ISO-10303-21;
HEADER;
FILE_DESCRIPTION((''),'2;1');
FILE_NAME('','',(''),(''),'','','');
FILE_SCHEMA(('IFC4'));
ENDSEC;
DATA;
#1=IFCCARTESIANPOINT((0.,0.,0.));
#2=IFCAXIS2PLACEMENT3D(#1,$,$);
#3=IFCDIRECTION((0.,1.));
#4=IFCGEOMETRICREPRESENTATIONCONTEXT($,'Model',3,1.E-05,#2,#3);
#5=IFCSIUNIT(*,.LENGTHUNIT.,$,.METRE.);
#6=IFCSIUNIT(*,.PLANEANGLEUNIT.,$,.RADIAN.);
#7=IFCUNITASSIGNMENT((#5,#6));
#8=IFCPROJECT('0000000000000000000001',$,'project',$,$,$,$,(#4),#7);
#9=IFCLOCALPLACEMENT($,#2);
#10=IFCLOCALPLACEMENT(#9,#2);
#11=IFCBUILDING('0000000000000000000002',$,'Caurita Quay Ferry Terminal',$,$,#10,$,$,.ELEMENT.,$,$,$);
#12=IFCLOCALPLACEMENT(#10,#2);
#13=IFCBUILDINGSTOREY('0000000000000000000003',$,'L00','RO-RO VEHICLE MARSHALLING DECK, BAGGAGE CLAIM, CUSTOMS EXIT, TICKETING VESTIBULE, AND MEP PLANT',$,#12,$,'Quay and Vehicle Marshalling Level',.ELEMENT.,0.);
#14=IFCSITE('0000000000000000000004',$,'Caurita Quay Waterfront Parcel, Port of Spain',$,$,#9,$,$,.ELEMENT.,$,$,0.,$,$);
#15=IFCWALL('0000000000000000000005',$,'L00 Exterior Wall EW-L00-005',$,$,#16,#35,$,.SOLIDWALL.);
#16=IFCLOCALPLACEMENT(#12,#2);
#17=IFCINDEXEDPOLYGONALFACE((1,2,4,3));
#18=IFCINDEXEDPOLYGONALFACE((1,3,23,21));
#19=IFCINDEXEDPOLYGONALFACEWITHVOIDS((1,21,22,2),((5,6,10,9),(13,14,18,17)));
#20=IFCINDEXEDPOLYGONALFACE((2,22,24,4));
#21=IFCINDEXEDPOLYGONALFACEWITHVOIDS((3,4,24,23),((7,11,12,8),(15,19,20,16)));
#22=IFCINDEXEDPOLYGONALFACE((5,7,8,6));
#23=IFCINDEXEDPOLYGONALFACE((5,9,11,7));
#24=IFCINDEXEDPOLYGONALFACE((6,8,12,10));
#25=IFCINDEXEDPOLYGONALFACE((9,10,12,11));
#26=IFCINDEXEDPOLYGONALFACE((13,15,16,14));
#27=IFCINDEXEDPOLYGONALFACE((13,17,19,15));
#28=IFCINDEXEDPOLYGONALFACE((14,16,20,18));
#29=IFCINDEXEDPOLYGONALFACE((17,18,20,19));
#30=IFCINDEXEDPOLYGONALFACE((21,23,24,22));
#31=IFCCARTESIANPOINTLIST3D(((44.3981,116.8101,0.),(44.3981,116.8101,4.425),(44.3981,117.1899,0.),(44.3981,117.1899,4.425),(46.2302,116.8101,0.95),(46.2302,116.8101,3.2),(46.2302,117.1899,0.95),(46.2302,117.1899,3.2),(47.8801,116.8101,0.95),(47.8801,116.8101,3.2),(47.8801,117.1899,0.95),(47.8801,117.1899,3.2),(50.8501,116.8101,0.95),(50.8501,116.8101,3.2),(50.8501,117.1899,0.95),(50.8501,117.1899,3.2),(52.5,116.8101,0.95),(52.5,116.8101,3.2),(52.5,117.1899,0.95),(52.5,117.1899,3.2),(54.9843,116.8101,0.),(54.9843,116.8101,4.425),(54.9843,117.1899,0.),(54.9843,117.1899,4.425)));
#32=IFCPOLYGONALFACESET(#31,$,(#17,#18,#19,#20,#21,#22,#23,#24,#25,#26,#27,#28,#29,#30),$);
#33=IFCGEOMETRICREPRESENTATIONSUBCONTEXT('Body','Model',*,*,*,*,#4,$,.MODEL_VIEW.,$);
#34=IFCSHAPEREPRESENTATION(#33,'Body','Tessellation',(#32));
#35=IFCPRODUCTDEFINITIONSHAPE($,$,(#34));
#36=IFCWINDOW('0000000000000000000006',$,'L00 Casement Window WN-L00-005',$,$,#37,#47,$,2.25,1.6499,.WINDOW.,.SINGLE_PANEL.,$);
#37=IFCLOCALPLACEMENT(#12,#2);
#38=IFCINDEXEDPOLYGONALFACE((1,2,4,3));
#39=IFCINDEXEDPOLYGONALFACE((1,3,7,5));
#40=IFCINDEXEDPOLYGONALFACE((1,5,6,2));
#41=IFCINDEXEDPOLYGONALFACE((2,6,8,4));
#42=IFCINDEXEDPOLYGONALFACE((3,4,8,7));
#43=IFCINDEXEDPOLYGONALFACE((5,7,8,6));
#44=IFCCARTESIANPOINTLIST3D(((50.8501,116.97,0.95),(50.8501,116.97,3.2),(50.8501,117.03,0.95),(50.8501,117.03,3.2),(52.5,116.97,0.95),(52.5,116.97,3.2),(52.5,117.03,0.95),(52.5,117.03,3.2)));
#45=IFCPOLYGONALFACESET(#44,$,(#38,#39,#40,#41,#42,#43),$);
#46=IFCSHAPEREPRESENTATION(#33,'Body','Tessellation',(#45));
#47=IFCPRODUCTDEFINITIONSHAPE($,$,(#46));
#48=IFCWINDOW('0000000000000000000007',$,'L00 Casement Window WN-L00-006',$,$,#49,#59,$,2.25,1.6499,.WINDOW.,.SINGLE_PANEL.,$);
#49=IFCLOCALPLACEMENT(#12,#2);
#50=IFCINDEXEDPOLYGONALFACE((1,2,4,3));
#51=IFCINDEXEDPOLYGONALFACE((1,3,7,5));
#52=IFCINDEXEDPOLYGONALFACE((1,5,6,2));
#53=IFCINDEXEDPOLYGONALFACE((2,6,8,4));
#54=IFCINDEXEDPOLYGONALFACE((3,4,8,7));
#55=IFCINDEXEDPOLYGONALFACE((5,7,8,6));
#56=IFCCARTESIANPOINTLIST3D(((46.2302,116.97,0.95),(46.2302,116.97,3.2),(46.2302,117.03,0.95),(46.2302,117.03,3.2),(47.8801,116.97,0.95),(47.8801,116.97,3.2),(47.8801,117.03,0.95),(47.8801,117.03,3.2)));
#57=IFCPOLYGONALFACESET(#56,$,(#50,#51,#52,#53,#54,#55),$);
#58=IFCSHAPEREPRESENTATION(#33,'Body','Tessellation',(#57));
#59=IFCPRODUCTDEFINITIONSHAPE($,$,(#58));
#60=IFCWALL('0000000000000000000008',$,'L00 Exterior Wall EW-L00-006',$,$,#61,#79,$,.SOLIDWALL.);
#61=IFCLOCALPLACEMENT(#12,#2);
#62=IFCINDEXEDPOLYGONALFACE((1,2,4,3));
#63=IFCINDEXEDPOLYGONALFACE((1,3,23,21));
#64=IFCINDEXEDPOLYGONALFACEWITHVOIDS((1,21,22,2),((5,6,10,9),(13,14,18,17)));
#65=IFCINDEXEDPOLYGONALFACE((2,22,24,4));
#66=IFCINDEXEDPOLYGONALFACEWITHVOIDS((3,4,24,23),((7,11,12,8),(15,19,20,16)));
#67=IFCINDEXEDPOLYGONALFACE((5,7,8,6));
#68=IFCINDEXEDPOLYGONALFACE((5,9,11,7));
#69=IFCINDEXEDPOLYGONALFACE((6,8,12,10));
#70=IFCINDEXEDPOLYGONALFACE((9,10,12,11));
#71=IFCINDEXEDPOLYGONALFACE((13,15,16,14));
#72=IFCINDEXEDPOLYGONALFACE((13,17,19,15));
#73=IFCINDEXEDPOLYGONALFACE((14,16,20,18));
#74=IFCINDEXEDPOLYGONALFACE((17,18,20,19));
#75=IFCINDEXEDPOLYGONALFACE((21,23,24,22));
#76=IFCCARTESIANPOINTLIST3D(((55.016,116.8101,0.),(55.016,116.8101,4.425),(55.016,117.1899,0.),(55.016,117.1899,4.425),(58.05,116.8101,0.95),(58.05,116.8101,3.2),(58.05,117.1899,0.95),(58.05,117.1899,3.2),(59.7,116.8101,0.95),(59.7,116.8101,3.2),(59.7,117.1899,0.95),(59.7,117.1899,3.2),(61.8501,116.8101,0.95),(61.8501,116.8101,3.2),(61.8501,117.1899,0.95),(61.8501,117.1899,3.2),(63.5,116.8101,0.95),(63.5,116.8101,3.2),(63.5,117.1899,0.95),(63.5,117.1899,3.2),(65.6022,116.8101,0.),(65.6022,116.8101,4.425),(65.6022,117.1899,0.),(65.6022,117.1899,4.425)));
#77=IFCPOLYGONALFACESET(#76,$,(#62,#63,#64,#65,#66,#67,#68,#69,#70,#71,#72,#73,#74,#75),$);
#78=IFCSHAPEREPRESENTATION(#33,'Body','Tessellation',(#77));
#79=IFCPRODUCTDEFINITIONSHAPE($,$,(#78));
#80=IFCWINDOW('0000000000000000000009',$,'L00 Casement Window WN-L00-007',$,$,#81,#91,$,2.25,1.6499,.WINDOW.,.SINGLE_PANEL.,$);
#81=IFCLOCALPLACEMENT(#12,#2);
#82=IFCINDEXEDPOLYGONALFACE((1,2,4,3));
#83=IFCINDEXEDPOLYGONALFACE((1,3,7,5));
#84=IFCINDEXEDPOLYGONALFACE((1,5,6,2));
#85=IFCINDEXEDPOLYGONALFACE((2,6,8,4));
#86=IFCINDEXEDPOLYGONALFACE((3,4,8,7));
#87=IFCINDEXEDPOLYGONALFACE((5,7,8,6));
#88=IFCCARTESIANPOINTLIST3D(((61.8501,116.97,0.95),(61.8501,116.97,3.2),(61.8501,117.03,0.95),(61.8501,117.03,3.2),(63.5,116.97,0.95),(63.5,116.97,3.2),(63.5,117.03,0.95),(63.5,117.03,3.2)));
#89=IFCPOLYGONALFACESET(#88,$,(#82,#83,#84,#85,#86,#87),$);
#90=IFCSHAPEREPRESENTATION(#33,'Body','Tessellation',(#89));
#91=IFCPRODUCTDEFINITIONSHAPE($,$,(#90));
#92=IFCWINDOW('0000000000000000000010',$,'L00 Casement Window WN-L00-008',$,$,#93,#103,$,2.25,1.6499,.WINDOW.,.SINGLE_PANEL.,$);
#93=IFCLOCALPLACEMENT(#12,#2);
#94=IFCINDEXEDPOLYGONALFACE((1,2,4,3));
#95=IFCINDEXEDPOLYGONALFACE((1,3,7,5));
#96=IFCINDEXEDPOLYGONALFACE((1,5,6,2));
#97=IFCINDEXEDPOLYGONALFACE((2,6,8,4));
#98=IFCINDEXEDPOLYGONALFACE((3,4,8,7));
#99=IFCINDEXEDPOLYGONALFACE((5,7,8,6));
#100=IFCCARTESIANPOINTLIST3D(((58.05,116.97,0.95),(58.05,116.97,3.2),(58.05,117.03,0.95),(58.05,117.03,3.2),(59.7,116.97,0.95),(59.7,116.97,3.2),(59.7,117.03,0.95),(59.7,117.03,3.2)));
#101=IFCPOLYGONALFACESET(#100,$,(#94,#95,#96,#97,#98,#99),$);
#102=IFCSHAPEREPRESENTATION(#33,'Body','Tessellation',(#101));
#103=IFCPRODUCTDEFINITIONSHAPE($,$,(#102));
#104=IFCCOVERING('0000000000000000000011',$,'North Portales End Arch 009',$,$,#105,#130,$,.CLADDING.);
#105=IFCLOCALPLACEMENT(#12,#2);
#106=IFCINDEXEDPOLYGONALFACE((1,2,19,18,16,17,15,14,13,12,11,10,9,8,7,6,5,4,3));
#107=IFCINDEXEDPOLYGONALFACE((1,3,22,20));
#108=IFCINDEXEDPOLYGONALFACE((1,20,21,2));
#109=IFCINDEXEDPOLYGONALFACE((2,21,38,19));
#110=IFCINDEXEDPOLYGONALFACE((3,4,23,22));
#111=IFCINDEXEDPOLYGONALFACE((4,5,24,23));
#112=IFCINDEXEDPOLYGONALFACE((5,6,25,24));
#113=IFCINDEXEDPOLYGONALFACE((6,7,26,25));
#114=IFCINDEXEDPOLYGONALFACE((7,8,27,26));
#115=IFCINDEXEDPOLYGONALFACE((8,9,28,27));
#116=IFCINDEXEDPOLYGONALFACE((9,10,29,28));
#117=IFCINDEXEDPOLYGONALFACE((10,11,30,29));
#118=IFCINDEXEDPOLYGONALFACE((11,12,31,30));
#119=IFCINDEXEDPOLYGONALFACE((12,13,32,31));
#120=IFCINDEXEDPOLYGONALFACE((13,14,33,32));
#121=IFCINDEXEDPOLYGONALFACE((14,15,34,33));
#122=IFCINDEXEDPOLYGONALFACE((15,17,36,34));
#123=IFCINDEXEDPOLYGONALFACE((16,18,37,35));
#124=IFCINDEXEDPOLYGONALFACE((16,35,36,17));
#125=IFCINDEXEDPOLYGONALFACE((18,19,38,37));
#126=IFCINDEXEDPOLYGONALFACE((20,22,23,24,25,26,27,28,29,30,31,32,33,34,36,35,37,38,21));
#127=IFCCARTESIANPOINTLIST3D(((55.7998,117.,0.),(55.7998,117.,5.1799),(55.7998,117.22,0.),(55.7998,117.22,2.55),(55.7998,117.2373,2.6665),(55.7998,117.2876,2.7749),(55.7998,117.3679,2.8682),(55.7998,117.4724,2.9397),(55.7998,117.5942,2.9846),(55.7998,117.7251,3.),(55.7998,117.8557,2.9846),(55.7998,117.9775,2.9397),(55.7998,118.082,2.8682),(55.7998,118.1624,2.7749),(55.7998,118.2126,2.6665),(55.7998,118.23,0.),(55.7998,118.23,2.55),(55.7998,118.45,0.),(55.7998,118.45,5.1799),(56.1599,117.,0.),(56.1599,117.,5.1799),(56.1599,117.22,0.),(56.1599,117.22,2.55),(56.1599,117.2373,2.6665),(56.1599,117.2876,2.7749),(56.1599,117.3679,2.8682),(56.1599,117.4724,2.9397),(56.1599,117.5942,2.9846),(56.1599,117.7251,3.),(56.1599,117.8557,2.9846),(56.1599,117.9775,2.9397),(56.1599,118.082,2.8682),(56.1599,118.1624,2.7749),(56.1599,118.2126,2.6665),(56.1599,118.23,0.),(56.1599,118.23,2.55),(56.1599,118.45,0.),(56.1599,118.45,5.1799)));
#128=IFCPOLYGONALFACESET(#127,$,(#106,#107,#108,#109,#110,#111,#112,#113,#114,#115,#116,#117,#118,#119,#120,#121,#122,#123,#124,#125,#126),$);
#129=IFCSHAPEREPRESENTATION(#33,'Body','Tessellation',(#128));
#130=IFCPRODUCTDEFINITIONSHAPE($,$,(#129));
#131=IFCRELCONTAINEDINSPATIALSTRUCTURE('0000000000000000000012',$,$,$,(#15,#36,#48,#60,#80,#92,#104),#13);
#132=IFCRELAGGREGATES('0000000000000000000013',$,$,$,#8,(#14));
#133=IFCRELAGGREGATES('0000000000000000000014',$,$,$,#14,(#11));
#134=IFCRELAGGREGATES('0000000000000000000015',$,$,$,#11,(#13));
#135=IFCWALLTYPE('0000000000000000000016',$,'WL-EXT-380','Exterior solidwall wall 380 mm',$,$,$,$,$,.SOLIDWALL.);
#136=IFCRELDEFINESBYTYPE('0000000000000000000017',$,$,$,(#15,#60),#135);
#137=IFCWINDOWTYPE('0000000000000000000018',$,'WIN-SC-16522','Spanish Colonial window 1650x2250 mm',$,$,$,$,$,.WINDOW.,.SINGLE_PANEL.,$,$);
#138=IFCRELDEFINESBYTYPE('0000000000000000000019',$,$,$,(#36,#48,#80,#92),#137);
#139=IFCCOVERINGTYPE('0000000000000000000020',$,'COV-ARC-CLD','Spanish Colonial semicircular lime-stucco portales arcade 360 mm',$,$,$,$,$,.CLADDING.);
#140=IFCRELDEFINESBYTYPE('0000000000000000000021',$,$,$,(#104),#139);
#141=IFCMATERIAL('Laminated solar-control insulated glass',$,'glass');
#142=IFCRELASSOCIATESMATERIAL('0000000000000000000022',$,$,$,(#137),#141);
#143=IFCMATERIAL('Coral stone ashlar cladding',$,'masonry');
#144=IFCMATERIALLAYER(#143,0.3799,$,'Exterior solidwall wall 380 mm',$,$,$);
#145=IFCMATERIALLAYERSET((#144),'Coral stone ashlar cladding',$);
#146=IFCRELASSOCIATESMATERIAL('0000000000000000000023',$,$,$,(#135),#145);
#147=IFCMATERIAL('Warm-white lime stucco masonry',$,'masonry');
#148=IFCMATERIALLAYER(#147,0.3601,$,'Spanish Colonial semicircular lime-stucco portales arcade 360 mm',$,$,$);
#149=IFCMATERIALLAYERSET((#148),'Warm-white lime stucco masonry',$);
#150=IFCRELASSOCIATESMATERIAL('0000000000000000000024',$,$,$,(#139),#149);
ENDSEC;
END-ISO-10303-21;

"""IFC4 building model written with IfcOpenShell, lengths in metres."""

from ifc_helpers import new_model, si_unit, direction, frame, frame_2d, origin, place, context, subcontext, project, spatial, polyline, rectangle, outline, extrude, material, layer, layer_set, type_object, element, fill, save


model = new_model("IFC4")

# Units and contexts
model_context = context("Model", 3, precision=1e-05, world=origin(), true_north=direction((0.0, 1.0)))
body_context = subcontext(model_context, "Body", "Model", "MODEL_VIEW")
ifc_project = project(units=[si_unit("LENGTHUNIT", "METRE"), si_unit("PLANEANGLEUNIT", "RADIAN")], contexts=[model_context])

# Site, building, storey
site_placement = place(None, origin())
site = spatial("IfcSite", under=ifc_project, at=site_placement, Name="Caurita Quay Waterfront Parcel, Port of Spain", CompositionType="ELEMENT", RefElevation=0.0)
building_placement = place(site_placement, origin())
building = spatial("IfcBuilding", under=site, at=building_placement, Name="Caurita Quay Ferry Terminal", CompositionType="ELEMENT")
storey_placement = place(building_placement, origin())
storey = spatial("IfcBuildingStorey", under=building, at=storey_placement, Name="L00", Description="RO-RO VEHICLE MARSHALLING DECK, BAGGAGE CLAIM, CUSTOMS EXIT, TICKETING VESTIBULE, AND MEP PLANT", LongName="Quay and Vehicle Marshalling Level", CompositionType="ELEMENT", Elevation=0.0)

# Walls, openings, windows
ifc_material_1 = material(Name="Warm-white lime stucco masonry", Category="masonry")
ifc_material_2 = material(Name="Laminated solar-control insulated glass", Category="glass")
window_type = type_object("IfcWindowType", Name="WIN-SC-16522", Description="Spanish Colonial window 1650x2250 mm", PartitioningType="SINGLE_PANEL", PredefinedType="WINDOW", material=ifc_material_2)
ifc_material_3 = material(Name="Coral stone ashlar cladding", Category="masonry")
ifc_layer_1 = layer(ifc_material_3, 0.3799, Name="Exterior solidwall wall 380 mm")
ifc_layer_set_1 = layer_set([ifc_layer_1], Name="Coral stone ashlar cladding")
wall_type_1 = type_object("IfcWallType", Name="WL-EXT-380", Description="Exterior solidwall wall 380 mm", PredefinedType="SOLIDWALL", material=ifc_layer_set_1)
wall_1_placement = place(storey_placement, frame((54.9841, 117.0, 0.0), z_axis=(0.0, 0.0, 1.0), x_axis=(-1.0, 0.0, 0.0)))
wall_1 = element("IfcWall", 1, at=wall_1_placement, inside=storey, type_object=wall_type_1, Name="L00 Exterior Wall EW-L00-005", PredefinedType="SOLIDWALL", context=body_context, shape_type="SweptSolid", body=[
    extrude(rectangle(XDim=10.5862, YDim=0.3799, at=frame_2d((5.293, 0.0))), origin(), (0.0, 0.0, 1.0), 4.425),
])
opening_1_placement = place(wall_1_placement, frame((2.4841, 0.0, 0.95)))
opening_1 = element("IfcOpeningElement", 2, at=opening_1_placement, cuts=wall_1, PredefinedType="OPENING", context=body_context, shape_type="SweptSolid", body=[
    extrude(rectangle(XDim=1.6499, YDim=2.25, at=frame_2d((0.825, 1.125))), frame((0.0, 0.2, 0.0), z_axis=(0.0, -1.0, 0.0), x_axis=(1.0, 0.0, 0.0)), (0.0, 0.0, 1.0), 0.3999),
])
opening_2_placement = place(wall_1_placement, frame((7.104, 0.0, 0.95)))
opening_2 = element("IfcOpeningElement", 3, at=opening_2_placement, cuts=wall_1, PredefinedType="OPENING", context=body_context, shape_type="SweptSolid", body=[
    extrude(rectangle(XDim=1.6499, YDim=2.25, at=frame_2d((0.825, 1.125))), frame((0.0, 0.2, 0.0), z_axis=(0.0, -1.0, 0.0), x_axis=(1.0, 0.0, 0.0)), (0.0, 0.0, 1.0), 0.3999),
])
window_1_placement = place(opening_1_placement, origin())
window_1 = element("IfcWindow", 4, at=window_1_placement, inside=storey, type_object=window_type, Name="L00 Casement Window WN-L00-005", OverallHeight=2.25, OverallWidth=1.6499, PartitioningType="SINGLE_PANEL", PredefinedType="WINDOW", context=body_context, shape_type="SweptSolid", body=[
    extrude(rectangle(XDim=1.6499, YDim=2.25, at=frame_2d((0.825, 1.125))), frame((0.0, 0.03, 0.0), z_axis=(0.0, -1.0, 0.0), x_axis=(1.0, 0.0, 0.0)), (0.0, 0.0, 1.0), 0.0601),
])
fill(opening_1, window_1)
window_2_placement = place(opening_2_placement, origin())
window_2 = element("IfcWindow", 5, at=window_2_placement, inside=storey, type_object=window_type, Name="L00 Casement Window WN-L00-006", OverallHeight=2.25, OverallWidth=1.6499, PartitioningType="SINGLE_PANEL", PredefinedType="WINDOW", context=body_context, shape_type="SweptSolid", body=[
    extrude(rectangle(XDim=1.6499, YDim=2.25, at=frame_2d((0.825, 1.125))), frame((0.0, 0.03, 0.0), z_axis=(0.0, -1.0, 0.0), x_axis=(1.0, 0.0, 0.0)), (0.0, 0.0, 1.0), 0.0601),
])
fill(opening_2, window_2)
wall_2_placement = place(storey_placement, frame((65.6021, 117.0, 0.0), z_axis=(0.0, 0.0, 1.0), x_axis=(-1.0, 0.0, 0.0)))
wall_2 = element("IfcWall", 6, at=wall_2_placement, inside=storey, type_object=wall_type_1, Name="L00 Exterior Wall EW-L00-006", PredefinedType="SOLIDWALL", context=body_context, shape_type="SweptSolid", body=[
    extrude(rectangle(XDim=10.5862, YDim=0.3799, at=frame_2d((5.293, 0.0))), origin(), (0.0, 0.0, 1.0), 4.425),
])
opening_3_placement = place(wall_2_placement, frame((2.1021, 0.0, 0.95)))
opening_3 = element("IfcOpeningElement", 7, at=opening_3_placement, cuts=wall_2, PredefinedType="OPENING", context=body_context, shape_type="SweptSolid", body=[
    extrude(rectangle(XDim=1.6499, YDim=2.25, at=frame_2d((0.825, 1.125))), frame((0.0, 0.2, 0.0), z_axis=(0.0, -1.0, 0.0), x_axis=(1.0, 0.0, 0.0)), (0.0, 0.0, 1.0), 0.3999),
])
opening_4_placement = place(wall_2_placement, frame((5.9021, 0.0, 0.95)))
opening_4 = element("IfcOpeningElement", 8, at=opening_4_placement, cuts=wall_2, PredefinedType="OPENING", context=body_context, shape_type="SweptSolid", body=[
    extrude(rectangle(XDim=1.6499, YDim=2.25, at=frame_2d((0.825, 1.125))), frame((0.0, 0.2, 0.0), z_axis=(0.0, -1.0, 0.0), x_axis=(1.0, 0.0, 0.0)), (0.0, 0.0, 1.0), 0.3999),
])
window_3_placement = place(opening_3_placement, origin())
window_3 = element("IfcWindow", 9, at=window_3_placement, inside=storey, type_object=window_type, Name="L00 Casement Window WN-L00-007", OverallHeight=2.25, OverallWidth=1.6499, PartitioningType="SINGLE_PANEL", PredefinedType="WINDOW", context=body_context, shape_type="SweptSolid", body=[
    extrude(rectangle(XDim=1.6499, YDim=2.25, at=frame_2d((0.825, 1.125))), frame((0.0, 0.03, 0.0), z_axis=(0.0, -1.0, 0.0), x_axis=(1.0, 0.0, 0.0)), (0.0, 0.0, 1.0), 0.0601),
])
fill(opening_3, window_3)
window_4_placement = place(opening_4_placement, origin())
window_4 = element("IfcWindow", 10, at=window_4_placement, inside=storey, type_object=window_type, Name="L00 Casement Window WN-L00-008", OverallHeight=2.25, OverallWidth=1.6499, PartitioningType="SINGLE_PANEL", PredefinedType="WINDOW", context=body_context, shape_type="SweptSolid", body=[
    extrude(rectangle(XDim=1.6499, YDim=2.25, at=frame_2d((0.825, 1.125))), frame((0.0, 0.03, 0.0), z_axis=(0.0, -1.0, 0.0), x_axis=(1.0, 0.0, 0.0)), (0.0, 0.0, 1.0), 0.0601),
])
fill(opening_4, window_4)

# Covering
ifc_layer_2 = layer(ifc_material_1, 0.3601, Name="Spanish Colonial semicircular lime-stucco portales arcade 360 mm")
ifc_layer_set_2 = layer_set([ifc_layer_2], Name="Warm-white lime stucco masonry")
covering_type_1 = type_object("IfcCoveringType", Name="COV-ARC-CLD", Description="Spanish Colonial semicircular lime-stucco portales arcade 360 mm", PredefinedType="CLADDING", material=ifc_layer_set_2)
covering_1_placement = place(storey_placement, frame((55.98, 117.0, 0.0), z_axis=(0.0, 0.0, 1.0), x_axis=(0.0, 1.0, 0.0)))
element("IfcCovering", 11, at=covering_1_placement, inside=storey, type_object=covering_type_1, Name="North Portales End Arch 009", PredefinedType="CLADDING", context=body_context, shape_type="SweptSolid", body=[
    extrude(outline(polyline([(0.0, 0.0), (0.22, 0.0), (0.22, 2.55), (0.2373, 2.6665), (0.2876, 2.7749), (0.3679, 2.8682), (0.4724, 2.9397), (0.5942, 2.9846), (0.7251, 3.0), (0.8557, 2.9846), (0.9775, 2.9397), (1.082, 2.8682), (1.1624, 2.7749), (1.2126, 2.6665), (1.23, 2.55), (1.23, 0.0), (1.45, 0.0), (1.45, 5.1799), (0.0, 5.1799), (0.0, 0.0)])), frame((0.0, 0.1802, 0.0), z_axis=(0.0, -1.0, 0.0), x_axis=(1.0, 0.0, 0.0)), (0.0, 0.0, 1.0), 0.3601),
])

save(model, "model.ifc")
